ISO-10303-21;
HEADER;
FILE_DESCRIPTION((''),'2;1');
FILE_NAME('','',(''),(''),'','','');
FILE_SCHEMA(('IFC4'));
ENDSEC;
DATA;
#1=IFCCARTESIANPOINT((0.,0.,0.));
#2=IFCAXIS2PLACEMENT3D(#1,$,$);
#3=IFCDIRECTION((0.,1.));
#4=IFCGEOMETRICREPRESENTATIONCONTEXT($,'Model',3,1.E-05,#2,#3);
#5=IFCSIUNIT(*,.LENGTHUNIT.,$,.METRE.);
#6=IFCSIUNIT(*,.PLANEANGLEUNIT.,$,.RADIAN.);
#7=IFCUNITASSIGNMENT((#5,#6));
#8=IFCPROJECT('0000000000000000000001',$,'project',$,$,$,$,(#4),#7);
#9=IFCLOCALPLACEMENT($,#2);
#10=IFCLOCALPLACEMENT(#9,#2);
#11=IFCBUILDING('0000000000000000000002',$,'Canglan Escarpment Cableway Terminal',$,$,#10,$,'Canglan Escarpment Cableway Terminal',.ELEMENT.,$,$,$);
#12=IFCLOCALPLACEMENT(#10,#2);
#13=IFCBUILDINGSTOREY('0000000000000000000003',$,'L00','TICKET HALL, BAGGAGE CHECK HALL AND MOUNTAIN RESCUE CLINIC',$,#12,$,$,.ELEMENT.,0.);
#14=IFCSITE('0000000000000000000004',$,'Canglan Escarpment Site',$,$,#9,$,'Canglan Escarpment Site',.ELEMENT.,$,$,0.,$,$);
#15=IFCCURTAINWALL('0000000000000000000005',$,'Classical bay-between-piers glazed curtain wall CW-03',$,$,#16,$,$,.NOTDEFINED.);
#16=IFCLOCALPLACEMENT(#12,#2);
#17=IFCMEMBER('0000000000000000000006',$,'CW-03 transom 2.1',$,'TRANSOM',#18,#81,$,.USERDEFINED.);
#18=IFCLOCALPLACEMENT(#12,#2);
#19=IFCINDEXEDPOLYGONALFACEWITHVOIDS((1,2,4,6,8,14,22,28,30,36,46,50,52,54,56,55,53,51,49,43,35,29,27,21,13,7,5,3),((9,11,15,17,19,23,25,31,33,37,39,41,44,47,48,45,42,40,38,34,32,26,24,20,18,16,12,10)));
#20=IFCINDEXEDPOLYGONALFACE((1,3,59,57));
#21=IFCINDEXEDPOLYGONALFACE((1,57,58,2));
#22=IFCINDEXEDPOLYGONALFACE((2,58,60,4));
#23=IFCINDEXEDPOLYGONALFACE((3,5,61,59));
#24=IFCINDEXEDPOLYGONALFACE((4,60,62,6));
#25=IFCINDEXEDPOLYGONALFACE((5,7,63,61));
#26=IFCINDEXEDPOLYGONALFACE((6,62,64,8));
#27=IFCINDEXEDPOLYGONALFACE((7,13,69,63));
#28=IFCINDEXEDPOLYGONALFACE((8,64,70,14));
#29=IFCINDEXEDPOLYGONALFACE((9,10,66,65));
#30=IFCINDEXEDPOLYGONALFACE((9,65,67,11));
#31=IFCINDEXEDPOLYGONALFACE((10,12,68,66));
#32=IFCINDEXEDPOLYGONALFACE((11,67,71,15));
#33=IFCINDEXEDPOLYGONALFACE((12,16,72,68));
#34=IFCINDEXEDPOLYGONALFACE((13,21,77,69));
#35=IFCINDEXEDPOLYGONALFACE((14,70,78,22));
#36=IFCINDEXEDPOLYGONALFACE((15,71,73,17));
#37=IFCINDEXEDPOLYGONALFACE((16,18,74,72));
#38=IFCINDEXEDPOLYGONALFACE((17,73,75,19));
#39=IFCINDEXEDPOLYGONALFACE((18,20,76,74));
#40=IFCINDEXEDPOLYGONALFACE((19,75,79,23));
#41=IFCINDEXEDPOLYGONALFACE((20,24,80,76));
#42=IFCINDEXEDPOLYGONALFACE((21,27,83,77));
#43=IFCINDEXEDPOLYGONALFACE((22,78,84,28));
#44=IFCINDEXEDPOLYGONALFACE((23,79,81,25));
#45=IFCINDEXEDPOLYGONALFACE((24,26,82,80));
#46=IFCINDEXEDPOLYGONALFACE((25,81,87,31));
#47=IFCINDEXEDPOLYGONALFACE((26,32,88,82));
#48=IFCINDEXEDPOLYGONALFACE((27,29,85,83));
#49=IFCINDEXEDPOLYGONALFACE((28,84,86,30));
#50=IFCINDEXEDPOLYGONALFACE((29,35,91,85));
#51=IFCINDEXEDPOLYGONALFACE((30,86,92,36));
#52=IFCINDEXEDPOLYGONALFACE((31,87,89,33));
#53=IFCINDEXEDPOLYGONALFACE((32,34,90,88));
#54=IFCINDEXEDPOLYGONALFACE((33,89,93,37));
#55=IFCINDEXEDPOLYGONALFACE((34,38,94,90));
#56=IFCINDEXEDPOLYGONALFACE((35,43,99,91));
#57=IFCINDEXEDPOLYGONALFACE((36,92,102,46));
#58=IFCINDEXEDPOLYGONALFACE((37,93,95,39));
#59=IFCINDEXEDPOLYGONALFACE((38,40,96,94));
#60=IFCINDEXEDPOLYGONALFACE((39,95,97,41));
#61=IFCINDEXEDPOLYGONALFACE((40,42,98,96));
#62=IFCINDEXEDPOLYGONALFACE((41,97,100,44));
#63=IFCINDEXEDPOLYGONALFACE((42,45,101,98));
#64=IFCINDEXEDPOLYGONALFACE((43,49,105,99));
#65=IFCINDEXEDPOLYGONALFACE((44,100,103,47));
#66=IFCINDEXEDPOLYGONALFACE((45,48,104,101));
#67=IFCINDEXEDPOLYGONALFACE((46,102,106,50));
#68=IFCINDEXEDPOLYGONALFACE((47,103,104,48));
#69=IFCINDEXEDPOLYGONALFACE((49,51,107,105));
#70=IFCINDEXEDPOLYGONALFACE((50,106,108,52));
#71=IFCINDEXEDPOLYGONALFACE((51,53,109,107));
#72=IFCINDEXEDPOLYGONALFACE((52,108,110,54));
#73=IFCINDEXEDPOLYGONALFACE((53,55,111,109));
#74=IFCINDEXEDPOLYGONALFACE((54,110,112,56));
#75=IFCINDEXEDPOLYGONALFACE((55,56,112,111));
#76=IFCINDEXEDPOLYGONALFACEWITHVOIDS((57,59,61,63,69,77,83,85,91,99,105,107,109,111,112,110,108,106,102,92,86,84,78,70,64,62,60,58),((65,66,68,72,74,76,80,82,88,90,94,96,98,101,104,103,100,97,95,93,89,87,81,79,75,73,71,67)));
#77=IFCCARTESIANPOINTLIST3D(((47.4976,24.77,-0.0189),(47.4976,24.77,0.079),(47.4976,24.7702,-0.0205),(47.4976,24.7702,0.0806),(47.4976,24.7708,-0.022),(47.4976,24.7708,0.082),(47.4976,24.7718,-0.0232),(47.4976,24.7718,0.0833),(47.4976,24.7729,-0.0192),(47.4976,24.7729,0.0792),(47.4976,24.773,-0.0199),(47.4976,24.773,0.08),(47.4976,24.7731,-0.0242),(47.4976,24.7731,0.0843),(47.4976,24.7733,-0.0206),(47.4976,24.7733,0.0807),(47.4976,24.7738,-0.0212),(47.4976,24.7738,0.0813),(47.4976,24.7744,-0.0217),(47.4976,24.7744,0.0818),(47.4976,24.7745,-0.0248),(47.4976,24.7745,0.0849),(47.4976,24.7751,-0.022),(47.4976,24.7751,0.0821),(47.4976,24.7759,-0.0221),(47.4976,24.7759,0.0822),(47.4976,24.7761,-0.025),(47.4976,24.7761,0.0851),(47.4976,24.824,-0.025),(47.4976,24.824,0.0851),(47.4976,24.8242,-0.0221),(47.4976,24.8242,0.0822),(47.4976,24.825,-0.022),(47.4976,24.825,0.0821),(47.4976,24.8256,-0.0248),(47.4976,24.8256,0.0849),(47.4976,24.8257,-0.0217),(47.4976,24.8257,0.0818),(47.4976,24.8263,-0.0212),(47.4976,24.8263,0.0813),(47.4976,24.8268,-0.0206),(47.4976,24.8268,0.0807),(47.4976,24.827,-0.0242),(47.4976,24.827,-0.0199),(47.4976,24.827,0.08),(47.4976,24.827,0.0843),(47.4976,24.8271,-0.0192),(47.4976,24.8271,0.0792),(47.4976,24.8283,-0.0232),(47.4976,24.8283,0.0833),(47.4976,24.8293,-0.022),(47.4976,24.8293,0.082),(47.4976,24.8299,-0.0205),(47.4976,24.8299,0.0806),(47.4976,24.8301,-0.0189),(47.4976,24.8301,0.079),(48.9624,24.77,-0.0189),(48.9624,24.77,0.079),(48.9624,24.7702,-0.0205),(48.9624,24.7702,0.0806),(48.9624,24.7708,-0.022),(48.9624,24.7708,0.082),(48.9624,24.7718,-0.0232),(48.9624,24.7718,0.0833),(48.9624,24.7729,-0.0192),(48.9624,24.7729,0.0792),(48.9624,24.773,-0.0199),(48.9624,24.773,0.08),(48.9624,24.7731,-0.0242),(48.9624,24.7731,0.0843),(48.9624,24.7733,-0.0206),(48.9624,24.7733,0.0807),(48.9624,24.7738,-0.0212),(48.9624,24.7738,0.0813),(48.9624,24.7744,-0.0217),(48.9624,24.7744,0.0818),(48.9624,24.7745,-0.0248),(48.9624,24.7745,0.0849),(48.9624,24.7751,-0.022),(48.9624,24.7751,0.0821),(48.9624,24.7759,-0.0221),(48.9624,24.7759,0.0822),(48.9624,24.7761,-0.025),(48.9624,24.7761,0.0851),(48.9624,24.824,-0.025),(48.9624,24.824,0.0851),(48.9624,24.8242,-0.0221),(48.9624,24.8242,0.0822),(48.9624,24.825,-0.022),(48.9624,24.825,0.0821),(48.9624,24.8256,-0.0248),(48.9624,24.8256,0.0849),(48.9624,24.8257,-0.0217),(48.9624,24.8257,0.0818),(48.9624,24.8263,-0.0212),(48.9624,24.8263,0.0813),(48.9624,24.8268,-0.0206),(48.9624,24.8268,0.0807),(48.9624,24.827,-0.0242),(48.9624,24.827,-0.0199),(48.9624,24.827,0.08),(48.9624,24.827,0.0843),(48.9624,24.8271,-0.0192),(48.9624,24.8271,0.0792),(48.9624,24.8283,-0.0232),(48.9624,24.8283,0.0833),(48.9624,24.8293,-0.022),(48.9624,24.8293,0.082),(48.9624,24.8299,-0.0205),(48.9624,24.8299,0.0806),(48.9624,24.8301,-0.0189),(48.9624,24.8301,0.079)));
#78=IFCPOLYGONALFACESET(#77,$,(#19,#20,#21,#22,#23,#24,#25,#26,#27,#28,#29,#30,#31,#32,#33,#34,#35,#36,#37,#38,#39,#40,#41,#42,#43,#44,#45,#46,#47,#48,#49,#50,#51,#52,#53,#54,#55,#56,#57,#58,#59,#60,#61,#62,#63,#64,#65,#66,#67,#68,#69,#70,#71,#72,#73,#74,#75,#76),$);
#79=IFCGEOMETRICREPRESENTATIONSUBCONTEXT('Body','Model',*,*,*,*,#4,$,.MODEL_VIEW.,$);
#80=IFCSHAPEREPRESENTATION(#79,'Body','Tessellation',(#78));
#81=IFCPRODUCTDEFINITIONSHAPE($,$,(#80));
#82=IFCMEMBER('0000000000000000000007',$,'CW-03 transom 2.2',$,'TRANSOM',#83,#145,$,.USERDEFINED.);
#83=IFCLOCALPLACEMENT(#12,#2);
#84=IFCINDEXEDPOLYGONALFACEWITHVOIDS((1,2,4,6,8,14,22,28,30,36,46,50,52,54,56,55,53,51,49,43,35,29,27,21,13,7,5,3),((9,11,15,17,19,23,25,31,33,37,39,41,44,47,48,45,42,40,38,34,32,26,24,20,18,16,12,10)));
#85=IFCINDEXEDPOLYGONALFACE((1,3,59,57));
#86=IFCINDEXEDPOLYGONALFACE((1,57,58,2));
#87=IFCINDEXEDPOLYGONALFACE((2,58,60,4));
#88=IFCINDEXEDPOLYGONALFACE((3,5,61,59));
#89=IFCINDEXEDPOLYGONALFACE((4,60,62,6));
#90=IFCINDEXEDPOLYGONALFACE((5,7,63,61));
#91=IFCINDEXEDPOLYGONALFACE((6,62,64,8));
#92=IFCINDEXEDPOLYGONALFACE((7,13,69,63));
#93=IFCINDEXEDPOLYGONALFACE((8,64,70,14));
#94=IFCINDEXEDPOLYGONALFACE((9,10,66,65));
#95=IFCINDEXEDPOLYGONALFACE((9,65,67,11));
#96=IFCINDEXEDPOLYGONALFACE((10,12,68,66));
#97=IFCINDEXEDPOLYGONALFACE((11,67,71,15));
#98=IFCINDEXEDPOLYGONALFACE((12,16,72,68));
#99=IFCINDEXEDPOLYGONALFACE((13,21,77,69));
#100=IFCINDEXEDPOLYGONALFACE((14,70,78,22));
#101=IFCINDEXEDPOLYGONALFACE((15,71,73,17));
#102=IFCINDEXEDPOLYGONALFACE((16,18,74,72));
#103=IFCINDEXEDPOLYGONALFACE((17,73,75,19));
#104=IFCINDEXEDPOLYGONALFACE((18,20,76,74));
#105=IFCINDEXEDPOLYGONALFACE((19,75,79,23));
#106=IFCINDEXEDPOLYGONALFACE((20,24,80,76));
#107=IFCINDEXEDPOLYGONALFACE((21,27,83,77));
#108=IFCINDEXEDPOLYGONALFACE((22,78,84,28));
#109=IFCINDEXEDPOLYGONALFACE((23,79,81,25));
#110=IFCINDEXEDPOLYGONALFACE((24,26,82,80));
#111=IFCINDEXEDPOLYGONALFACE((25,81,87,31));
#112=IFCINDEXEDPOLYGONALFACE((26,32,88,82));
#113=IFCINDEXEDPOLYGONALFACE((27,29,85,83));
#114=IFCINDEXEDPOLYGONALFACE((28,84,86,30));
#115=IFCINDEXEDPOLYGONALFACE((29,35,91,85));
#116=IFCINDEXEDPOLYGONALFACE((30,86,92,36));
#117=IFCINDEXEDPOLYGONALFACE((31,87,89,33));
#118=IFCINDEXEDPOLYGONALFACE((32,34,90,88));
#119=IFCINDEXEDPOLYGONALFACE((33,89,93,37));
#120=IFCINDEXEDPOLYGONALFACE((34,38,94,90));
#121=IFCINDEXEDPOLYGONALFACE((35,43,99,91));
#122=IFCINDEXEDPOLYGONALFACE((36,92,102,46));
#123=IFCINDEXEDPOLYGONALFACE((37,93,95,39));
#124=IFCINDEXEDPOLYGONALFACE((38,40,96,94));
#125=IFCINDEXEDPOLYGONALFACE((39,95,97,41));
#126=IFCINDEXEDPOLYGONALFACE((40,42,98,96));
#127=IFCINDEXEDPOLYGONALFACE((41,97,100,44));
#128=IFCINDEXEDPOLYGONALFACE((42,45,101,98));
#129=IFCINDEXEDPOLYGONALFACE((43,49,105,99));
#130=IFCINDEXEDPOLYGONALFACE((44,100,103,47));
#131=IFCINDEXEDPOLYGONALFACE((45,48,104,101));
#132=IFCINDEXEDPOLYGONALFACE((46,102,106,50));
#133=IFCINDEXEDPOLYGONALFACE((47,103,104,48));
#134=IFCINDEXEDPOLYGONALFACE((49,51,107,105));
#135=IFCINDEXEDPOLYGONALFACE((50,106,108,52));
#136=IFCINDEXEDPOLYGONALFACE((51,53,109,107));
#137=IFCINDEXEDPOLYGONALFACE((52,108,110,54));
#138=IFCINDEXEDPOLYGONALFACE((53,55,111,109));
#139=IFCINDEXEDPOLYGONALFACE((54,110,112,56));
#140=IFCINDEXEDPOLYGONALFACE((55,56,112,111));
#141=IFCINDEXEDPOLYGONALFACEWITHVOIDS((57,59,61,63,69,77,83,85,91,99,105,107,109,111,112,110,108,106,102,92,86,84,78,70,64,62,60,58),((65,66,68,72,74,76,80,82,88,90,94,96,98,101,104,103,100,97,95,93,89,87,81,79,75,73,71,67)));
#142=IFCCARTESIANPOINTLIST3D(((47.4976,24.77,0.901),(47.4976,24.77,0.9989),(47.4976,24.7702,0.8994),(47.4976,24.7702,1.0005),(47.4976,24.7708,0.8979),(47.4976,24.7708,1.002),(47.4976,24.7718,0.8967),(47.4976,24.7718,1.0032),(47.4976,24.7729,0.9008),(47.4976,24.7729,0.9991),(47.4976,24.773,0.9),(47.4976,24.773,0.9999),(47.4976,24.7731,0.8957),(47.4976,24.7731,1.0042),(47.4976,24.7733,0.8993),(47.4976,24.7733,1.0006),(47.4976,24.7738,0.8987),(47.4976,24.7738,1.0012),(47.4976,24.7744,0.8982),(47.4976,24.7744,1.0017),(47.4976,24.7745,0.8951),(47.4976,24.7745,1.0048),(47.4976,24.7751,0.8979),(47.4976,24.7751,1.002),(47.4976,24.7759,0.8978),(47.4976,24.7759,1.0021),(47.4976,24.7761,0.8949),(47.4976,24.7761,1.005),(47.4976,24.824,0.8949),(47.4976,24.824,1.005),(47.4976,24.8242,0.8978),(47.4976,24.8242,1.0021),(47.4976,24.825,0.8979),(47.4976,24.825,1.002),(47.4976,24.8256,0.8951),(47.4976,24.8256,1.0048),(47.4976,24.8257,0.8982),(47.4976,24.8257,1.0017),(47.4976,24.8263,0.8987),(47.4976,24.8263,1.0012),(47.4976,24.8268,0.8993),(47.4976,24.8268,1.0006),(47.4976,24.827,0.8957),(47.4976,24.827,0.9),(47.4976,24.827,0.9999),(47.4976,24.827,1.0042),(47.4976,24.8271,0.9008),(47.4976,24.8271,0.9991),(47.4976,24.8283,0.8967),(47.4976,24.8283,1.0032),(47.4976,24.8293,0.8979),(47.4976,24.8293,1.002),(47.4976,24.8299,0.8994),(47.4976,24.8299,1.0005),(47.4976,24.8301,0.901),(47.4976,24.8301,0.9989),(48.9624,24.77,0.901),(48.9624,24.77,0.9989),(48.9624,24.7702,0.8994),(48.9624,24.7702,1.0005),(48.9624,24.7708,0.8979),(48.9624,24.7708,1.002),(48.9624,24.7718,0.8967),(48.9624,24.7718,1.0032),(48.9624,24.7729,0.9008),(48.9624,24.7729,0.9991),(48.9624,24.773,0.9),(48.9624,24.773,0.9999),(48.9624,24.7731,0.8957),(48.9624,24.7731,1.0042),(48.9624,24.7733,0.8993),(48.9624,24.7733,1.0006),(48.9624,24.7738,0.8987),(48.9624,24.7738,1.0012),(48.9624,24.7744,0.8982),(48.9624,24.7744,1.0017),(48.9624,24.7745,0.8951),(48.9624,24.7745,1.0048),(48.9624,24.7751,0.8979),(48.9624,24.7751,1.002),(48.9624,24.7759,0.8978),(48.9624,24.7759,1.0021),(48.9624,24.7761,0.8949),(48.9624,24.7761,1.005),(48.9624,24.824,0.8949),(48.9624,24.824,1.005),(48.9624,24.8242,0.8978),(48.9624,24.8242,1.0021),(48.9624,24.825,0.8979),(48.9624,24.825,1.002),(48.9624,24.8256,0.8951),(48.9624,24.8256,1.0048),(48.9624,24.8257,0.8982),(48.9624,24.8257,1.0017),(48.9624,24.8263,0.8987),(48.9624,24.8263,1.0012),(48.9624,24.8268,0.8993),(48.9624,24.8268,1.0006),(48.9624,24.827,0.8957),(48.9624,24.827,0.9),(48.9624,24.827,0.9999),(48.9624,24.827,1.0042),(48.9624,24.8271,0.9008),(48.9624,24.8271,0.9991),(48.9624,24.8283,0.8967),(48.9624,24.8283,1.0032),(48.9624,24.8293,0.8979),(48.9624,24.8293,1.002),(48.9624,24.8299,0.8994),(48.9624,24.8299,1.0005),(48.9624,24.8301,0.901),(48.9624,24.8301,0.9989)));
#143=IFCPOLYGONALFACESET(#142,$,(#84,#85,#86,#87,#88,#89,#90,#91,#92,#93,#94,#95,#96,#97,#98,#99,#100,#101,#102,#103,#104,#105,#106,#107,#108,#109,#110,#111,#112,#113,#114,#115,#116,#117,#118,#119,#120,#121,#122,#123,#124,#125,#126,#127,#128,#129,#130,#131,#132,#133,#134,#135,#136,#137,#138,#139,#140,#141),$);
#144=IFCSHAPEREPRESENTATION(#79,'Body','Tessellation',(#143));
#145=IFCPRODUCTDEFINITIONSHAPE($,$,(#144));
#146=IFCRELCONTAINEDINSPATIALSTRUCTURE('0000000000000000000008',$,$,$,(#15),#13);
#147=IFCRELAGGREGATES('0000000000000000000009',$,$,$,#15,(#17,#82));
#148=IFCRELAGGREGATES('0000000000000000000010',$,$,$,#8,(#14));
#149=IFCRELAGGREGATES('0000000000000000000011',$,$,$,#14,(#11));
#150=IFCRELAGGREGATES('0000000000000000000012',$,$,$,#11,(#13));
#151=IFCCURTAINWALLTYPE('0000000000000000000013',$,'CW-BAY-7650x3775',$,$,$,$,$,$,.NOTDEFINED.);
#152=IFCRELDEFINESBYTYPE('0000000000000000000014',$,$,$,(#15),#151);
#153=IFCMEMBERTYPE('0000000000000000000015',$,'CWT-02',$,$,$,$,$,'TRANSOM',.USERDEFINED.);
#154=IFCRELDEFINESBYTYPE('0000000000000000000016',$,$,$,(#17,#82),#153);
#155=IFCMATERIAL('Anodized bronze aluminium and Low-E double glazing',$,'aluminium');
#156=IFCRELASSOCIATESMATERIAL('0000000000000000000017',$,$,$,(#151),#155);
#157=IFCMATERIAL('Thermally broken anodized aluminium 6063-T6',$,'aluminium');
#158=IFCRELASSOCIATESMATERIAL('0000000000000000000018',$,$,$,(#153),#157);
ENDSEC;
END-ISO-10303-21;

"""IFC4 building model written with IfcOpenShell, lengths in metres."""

from ifc_helpers import new_model, si_unit, direction, frame, origin, origin_2d, place, context, subcontext, project, spatial, hollow_rectangle, extrude, material, material_profile, profile_set, type_object, element, aggregate, save


model = new_model("IFC4")

# Units and contexts
model_context = context("Model", 3, precision=1e-05, world=origin(), true_north=direction((0.0, 1.0)))
body_context = subcontext(model_context, "Body", "Model", "MODEL_VIEW")
ifc_project = project(units=[si_unit("LENGTHUNIT", "METRE"), si_unit("PLANEANGLEUNIT", "RADIAN")], contexts=[model_context])

# Site, building, storey
site_placement = place(None, origin())
site = spatial("IfcSite", under=ifc_project, at=site_placement, Name="Canglan Escarpment Site", LongName="Canglan Escarpment Site", CompositionType="ELEMENT", RefElevation=0.0)
building_placement = place(site_placement, origin())
building = spatial("IfcBuilding", under=site, at=building_placement, Name="Canglan Escarpment Cableway Terminal", LongName="Canglan Escarpment Cableway Terminal", CompositionType="ELEMENT")
storey_placement = place(building_placement, origin())
storey = spatial("IfcBuildingStorey", under=building, at=storey_placement, Name="L00", Description="TICKET HALL, BAGGAGE CHECK HALL AND MOUNTAIN RESCUE CLINIC", CompositionType="ELEMENT", Elevation=0.0)

# Curtain wall
ifc_material_1 = material(Name="Anodized bronze aluminium and Low-E double glazing", Category="aluminium")
curtain_wall_type = type_object("IfcCurtainWallType", Name="CW-BAY-7650x3775", PredefinedType="NOTDEFINED", material=ifc_material_1)
curtain_wall_1_placement = place(storey_placement, origin())
curtain_wall_1 = element("IfcCurtainWall", 1, at=curtain_wall_1_placement, inside=storey, type_object=curtain_wall_type, Name="Classical bay-between-piers glazed curtain wall CW-03", PredefinedType="NOTDEFINED")
ifc_material_2 = material(Name="Thermally broken anodized aluminium 6063-T6", Category="aluminium")

# Members
ifc_material_profile_1 = material_profile(ifc_material_2, hollow_rectangle(XDim=0.0601, YDim=0.1101, WallThickness=0.0029, InnerFilletRadius=0.0029, OuterFilletRadius=0.0061, at=origin_2d()), Name="ALU-TRAN 60x110x3")
ifc_profile_set_1 = profile_set([ifc_material_profile_1], Name="Thermally broken anodized aluminium 6063-T6")
member_type_1 = type_object("IfcMemberType", Name="CWT-02", ElementType="TRANSOM", PredefinedType="USERDEFINED", material=ifc_profile_set_1)
member_1_placement = place(storey_placement, frame((48.9624, 24.8, 0.03), z_axis=(-1.0, 0.0, 0.0), x_axis=(0.0, -1.0, 0.0)))
member_1 = element("IfcMember", 2, at=member_1_placement, type_object=member_type_1, Name="CW-03 transom 2.1", ObjectType="TRANSOM", PredefinedType="USERDEFINED", context=body_context, shape_type="SweptSolid", body=[
    extrude(hollow_rectangle(XDim=0.0601, YDim=0.1101, WallThickness=0.0029, InnerFilletRadius=0.0029, OuterFilletRadius=0.0061, at=origin_2d()), origin(), (0.0, 0.0, 1.0), 1.4648),
])
member_2_placement = place(storey_placement, frame((48.9624, 24.8, 0.95), z_axis=(-1.0, 0.0, 0.0), x_axis=(0.0, -1.0, 0.0)))
member_2 = element("IfcMember", 3, at=member_2_placement, type_object=member_type_1, Name="CW-03 transom 2.2", ObjectType="TRANSOM", PredefinedType="USERDEFINED", context=body_context, shape_type="SweptSolid", body=[
    extrude(hollow_rectangle(XDim=0.0601, YDim=0.1101, WallThickness=0.0029, InnerFilletRadius=0.0029, OuterFilletRadius=0.0061, at=origin_2d()), origin(), (0.0, 0.0, 1.0), 1.4648),
])

aggregate(curtain_wall_1, [member_1, member_2])

save(model, "model.ifc")
